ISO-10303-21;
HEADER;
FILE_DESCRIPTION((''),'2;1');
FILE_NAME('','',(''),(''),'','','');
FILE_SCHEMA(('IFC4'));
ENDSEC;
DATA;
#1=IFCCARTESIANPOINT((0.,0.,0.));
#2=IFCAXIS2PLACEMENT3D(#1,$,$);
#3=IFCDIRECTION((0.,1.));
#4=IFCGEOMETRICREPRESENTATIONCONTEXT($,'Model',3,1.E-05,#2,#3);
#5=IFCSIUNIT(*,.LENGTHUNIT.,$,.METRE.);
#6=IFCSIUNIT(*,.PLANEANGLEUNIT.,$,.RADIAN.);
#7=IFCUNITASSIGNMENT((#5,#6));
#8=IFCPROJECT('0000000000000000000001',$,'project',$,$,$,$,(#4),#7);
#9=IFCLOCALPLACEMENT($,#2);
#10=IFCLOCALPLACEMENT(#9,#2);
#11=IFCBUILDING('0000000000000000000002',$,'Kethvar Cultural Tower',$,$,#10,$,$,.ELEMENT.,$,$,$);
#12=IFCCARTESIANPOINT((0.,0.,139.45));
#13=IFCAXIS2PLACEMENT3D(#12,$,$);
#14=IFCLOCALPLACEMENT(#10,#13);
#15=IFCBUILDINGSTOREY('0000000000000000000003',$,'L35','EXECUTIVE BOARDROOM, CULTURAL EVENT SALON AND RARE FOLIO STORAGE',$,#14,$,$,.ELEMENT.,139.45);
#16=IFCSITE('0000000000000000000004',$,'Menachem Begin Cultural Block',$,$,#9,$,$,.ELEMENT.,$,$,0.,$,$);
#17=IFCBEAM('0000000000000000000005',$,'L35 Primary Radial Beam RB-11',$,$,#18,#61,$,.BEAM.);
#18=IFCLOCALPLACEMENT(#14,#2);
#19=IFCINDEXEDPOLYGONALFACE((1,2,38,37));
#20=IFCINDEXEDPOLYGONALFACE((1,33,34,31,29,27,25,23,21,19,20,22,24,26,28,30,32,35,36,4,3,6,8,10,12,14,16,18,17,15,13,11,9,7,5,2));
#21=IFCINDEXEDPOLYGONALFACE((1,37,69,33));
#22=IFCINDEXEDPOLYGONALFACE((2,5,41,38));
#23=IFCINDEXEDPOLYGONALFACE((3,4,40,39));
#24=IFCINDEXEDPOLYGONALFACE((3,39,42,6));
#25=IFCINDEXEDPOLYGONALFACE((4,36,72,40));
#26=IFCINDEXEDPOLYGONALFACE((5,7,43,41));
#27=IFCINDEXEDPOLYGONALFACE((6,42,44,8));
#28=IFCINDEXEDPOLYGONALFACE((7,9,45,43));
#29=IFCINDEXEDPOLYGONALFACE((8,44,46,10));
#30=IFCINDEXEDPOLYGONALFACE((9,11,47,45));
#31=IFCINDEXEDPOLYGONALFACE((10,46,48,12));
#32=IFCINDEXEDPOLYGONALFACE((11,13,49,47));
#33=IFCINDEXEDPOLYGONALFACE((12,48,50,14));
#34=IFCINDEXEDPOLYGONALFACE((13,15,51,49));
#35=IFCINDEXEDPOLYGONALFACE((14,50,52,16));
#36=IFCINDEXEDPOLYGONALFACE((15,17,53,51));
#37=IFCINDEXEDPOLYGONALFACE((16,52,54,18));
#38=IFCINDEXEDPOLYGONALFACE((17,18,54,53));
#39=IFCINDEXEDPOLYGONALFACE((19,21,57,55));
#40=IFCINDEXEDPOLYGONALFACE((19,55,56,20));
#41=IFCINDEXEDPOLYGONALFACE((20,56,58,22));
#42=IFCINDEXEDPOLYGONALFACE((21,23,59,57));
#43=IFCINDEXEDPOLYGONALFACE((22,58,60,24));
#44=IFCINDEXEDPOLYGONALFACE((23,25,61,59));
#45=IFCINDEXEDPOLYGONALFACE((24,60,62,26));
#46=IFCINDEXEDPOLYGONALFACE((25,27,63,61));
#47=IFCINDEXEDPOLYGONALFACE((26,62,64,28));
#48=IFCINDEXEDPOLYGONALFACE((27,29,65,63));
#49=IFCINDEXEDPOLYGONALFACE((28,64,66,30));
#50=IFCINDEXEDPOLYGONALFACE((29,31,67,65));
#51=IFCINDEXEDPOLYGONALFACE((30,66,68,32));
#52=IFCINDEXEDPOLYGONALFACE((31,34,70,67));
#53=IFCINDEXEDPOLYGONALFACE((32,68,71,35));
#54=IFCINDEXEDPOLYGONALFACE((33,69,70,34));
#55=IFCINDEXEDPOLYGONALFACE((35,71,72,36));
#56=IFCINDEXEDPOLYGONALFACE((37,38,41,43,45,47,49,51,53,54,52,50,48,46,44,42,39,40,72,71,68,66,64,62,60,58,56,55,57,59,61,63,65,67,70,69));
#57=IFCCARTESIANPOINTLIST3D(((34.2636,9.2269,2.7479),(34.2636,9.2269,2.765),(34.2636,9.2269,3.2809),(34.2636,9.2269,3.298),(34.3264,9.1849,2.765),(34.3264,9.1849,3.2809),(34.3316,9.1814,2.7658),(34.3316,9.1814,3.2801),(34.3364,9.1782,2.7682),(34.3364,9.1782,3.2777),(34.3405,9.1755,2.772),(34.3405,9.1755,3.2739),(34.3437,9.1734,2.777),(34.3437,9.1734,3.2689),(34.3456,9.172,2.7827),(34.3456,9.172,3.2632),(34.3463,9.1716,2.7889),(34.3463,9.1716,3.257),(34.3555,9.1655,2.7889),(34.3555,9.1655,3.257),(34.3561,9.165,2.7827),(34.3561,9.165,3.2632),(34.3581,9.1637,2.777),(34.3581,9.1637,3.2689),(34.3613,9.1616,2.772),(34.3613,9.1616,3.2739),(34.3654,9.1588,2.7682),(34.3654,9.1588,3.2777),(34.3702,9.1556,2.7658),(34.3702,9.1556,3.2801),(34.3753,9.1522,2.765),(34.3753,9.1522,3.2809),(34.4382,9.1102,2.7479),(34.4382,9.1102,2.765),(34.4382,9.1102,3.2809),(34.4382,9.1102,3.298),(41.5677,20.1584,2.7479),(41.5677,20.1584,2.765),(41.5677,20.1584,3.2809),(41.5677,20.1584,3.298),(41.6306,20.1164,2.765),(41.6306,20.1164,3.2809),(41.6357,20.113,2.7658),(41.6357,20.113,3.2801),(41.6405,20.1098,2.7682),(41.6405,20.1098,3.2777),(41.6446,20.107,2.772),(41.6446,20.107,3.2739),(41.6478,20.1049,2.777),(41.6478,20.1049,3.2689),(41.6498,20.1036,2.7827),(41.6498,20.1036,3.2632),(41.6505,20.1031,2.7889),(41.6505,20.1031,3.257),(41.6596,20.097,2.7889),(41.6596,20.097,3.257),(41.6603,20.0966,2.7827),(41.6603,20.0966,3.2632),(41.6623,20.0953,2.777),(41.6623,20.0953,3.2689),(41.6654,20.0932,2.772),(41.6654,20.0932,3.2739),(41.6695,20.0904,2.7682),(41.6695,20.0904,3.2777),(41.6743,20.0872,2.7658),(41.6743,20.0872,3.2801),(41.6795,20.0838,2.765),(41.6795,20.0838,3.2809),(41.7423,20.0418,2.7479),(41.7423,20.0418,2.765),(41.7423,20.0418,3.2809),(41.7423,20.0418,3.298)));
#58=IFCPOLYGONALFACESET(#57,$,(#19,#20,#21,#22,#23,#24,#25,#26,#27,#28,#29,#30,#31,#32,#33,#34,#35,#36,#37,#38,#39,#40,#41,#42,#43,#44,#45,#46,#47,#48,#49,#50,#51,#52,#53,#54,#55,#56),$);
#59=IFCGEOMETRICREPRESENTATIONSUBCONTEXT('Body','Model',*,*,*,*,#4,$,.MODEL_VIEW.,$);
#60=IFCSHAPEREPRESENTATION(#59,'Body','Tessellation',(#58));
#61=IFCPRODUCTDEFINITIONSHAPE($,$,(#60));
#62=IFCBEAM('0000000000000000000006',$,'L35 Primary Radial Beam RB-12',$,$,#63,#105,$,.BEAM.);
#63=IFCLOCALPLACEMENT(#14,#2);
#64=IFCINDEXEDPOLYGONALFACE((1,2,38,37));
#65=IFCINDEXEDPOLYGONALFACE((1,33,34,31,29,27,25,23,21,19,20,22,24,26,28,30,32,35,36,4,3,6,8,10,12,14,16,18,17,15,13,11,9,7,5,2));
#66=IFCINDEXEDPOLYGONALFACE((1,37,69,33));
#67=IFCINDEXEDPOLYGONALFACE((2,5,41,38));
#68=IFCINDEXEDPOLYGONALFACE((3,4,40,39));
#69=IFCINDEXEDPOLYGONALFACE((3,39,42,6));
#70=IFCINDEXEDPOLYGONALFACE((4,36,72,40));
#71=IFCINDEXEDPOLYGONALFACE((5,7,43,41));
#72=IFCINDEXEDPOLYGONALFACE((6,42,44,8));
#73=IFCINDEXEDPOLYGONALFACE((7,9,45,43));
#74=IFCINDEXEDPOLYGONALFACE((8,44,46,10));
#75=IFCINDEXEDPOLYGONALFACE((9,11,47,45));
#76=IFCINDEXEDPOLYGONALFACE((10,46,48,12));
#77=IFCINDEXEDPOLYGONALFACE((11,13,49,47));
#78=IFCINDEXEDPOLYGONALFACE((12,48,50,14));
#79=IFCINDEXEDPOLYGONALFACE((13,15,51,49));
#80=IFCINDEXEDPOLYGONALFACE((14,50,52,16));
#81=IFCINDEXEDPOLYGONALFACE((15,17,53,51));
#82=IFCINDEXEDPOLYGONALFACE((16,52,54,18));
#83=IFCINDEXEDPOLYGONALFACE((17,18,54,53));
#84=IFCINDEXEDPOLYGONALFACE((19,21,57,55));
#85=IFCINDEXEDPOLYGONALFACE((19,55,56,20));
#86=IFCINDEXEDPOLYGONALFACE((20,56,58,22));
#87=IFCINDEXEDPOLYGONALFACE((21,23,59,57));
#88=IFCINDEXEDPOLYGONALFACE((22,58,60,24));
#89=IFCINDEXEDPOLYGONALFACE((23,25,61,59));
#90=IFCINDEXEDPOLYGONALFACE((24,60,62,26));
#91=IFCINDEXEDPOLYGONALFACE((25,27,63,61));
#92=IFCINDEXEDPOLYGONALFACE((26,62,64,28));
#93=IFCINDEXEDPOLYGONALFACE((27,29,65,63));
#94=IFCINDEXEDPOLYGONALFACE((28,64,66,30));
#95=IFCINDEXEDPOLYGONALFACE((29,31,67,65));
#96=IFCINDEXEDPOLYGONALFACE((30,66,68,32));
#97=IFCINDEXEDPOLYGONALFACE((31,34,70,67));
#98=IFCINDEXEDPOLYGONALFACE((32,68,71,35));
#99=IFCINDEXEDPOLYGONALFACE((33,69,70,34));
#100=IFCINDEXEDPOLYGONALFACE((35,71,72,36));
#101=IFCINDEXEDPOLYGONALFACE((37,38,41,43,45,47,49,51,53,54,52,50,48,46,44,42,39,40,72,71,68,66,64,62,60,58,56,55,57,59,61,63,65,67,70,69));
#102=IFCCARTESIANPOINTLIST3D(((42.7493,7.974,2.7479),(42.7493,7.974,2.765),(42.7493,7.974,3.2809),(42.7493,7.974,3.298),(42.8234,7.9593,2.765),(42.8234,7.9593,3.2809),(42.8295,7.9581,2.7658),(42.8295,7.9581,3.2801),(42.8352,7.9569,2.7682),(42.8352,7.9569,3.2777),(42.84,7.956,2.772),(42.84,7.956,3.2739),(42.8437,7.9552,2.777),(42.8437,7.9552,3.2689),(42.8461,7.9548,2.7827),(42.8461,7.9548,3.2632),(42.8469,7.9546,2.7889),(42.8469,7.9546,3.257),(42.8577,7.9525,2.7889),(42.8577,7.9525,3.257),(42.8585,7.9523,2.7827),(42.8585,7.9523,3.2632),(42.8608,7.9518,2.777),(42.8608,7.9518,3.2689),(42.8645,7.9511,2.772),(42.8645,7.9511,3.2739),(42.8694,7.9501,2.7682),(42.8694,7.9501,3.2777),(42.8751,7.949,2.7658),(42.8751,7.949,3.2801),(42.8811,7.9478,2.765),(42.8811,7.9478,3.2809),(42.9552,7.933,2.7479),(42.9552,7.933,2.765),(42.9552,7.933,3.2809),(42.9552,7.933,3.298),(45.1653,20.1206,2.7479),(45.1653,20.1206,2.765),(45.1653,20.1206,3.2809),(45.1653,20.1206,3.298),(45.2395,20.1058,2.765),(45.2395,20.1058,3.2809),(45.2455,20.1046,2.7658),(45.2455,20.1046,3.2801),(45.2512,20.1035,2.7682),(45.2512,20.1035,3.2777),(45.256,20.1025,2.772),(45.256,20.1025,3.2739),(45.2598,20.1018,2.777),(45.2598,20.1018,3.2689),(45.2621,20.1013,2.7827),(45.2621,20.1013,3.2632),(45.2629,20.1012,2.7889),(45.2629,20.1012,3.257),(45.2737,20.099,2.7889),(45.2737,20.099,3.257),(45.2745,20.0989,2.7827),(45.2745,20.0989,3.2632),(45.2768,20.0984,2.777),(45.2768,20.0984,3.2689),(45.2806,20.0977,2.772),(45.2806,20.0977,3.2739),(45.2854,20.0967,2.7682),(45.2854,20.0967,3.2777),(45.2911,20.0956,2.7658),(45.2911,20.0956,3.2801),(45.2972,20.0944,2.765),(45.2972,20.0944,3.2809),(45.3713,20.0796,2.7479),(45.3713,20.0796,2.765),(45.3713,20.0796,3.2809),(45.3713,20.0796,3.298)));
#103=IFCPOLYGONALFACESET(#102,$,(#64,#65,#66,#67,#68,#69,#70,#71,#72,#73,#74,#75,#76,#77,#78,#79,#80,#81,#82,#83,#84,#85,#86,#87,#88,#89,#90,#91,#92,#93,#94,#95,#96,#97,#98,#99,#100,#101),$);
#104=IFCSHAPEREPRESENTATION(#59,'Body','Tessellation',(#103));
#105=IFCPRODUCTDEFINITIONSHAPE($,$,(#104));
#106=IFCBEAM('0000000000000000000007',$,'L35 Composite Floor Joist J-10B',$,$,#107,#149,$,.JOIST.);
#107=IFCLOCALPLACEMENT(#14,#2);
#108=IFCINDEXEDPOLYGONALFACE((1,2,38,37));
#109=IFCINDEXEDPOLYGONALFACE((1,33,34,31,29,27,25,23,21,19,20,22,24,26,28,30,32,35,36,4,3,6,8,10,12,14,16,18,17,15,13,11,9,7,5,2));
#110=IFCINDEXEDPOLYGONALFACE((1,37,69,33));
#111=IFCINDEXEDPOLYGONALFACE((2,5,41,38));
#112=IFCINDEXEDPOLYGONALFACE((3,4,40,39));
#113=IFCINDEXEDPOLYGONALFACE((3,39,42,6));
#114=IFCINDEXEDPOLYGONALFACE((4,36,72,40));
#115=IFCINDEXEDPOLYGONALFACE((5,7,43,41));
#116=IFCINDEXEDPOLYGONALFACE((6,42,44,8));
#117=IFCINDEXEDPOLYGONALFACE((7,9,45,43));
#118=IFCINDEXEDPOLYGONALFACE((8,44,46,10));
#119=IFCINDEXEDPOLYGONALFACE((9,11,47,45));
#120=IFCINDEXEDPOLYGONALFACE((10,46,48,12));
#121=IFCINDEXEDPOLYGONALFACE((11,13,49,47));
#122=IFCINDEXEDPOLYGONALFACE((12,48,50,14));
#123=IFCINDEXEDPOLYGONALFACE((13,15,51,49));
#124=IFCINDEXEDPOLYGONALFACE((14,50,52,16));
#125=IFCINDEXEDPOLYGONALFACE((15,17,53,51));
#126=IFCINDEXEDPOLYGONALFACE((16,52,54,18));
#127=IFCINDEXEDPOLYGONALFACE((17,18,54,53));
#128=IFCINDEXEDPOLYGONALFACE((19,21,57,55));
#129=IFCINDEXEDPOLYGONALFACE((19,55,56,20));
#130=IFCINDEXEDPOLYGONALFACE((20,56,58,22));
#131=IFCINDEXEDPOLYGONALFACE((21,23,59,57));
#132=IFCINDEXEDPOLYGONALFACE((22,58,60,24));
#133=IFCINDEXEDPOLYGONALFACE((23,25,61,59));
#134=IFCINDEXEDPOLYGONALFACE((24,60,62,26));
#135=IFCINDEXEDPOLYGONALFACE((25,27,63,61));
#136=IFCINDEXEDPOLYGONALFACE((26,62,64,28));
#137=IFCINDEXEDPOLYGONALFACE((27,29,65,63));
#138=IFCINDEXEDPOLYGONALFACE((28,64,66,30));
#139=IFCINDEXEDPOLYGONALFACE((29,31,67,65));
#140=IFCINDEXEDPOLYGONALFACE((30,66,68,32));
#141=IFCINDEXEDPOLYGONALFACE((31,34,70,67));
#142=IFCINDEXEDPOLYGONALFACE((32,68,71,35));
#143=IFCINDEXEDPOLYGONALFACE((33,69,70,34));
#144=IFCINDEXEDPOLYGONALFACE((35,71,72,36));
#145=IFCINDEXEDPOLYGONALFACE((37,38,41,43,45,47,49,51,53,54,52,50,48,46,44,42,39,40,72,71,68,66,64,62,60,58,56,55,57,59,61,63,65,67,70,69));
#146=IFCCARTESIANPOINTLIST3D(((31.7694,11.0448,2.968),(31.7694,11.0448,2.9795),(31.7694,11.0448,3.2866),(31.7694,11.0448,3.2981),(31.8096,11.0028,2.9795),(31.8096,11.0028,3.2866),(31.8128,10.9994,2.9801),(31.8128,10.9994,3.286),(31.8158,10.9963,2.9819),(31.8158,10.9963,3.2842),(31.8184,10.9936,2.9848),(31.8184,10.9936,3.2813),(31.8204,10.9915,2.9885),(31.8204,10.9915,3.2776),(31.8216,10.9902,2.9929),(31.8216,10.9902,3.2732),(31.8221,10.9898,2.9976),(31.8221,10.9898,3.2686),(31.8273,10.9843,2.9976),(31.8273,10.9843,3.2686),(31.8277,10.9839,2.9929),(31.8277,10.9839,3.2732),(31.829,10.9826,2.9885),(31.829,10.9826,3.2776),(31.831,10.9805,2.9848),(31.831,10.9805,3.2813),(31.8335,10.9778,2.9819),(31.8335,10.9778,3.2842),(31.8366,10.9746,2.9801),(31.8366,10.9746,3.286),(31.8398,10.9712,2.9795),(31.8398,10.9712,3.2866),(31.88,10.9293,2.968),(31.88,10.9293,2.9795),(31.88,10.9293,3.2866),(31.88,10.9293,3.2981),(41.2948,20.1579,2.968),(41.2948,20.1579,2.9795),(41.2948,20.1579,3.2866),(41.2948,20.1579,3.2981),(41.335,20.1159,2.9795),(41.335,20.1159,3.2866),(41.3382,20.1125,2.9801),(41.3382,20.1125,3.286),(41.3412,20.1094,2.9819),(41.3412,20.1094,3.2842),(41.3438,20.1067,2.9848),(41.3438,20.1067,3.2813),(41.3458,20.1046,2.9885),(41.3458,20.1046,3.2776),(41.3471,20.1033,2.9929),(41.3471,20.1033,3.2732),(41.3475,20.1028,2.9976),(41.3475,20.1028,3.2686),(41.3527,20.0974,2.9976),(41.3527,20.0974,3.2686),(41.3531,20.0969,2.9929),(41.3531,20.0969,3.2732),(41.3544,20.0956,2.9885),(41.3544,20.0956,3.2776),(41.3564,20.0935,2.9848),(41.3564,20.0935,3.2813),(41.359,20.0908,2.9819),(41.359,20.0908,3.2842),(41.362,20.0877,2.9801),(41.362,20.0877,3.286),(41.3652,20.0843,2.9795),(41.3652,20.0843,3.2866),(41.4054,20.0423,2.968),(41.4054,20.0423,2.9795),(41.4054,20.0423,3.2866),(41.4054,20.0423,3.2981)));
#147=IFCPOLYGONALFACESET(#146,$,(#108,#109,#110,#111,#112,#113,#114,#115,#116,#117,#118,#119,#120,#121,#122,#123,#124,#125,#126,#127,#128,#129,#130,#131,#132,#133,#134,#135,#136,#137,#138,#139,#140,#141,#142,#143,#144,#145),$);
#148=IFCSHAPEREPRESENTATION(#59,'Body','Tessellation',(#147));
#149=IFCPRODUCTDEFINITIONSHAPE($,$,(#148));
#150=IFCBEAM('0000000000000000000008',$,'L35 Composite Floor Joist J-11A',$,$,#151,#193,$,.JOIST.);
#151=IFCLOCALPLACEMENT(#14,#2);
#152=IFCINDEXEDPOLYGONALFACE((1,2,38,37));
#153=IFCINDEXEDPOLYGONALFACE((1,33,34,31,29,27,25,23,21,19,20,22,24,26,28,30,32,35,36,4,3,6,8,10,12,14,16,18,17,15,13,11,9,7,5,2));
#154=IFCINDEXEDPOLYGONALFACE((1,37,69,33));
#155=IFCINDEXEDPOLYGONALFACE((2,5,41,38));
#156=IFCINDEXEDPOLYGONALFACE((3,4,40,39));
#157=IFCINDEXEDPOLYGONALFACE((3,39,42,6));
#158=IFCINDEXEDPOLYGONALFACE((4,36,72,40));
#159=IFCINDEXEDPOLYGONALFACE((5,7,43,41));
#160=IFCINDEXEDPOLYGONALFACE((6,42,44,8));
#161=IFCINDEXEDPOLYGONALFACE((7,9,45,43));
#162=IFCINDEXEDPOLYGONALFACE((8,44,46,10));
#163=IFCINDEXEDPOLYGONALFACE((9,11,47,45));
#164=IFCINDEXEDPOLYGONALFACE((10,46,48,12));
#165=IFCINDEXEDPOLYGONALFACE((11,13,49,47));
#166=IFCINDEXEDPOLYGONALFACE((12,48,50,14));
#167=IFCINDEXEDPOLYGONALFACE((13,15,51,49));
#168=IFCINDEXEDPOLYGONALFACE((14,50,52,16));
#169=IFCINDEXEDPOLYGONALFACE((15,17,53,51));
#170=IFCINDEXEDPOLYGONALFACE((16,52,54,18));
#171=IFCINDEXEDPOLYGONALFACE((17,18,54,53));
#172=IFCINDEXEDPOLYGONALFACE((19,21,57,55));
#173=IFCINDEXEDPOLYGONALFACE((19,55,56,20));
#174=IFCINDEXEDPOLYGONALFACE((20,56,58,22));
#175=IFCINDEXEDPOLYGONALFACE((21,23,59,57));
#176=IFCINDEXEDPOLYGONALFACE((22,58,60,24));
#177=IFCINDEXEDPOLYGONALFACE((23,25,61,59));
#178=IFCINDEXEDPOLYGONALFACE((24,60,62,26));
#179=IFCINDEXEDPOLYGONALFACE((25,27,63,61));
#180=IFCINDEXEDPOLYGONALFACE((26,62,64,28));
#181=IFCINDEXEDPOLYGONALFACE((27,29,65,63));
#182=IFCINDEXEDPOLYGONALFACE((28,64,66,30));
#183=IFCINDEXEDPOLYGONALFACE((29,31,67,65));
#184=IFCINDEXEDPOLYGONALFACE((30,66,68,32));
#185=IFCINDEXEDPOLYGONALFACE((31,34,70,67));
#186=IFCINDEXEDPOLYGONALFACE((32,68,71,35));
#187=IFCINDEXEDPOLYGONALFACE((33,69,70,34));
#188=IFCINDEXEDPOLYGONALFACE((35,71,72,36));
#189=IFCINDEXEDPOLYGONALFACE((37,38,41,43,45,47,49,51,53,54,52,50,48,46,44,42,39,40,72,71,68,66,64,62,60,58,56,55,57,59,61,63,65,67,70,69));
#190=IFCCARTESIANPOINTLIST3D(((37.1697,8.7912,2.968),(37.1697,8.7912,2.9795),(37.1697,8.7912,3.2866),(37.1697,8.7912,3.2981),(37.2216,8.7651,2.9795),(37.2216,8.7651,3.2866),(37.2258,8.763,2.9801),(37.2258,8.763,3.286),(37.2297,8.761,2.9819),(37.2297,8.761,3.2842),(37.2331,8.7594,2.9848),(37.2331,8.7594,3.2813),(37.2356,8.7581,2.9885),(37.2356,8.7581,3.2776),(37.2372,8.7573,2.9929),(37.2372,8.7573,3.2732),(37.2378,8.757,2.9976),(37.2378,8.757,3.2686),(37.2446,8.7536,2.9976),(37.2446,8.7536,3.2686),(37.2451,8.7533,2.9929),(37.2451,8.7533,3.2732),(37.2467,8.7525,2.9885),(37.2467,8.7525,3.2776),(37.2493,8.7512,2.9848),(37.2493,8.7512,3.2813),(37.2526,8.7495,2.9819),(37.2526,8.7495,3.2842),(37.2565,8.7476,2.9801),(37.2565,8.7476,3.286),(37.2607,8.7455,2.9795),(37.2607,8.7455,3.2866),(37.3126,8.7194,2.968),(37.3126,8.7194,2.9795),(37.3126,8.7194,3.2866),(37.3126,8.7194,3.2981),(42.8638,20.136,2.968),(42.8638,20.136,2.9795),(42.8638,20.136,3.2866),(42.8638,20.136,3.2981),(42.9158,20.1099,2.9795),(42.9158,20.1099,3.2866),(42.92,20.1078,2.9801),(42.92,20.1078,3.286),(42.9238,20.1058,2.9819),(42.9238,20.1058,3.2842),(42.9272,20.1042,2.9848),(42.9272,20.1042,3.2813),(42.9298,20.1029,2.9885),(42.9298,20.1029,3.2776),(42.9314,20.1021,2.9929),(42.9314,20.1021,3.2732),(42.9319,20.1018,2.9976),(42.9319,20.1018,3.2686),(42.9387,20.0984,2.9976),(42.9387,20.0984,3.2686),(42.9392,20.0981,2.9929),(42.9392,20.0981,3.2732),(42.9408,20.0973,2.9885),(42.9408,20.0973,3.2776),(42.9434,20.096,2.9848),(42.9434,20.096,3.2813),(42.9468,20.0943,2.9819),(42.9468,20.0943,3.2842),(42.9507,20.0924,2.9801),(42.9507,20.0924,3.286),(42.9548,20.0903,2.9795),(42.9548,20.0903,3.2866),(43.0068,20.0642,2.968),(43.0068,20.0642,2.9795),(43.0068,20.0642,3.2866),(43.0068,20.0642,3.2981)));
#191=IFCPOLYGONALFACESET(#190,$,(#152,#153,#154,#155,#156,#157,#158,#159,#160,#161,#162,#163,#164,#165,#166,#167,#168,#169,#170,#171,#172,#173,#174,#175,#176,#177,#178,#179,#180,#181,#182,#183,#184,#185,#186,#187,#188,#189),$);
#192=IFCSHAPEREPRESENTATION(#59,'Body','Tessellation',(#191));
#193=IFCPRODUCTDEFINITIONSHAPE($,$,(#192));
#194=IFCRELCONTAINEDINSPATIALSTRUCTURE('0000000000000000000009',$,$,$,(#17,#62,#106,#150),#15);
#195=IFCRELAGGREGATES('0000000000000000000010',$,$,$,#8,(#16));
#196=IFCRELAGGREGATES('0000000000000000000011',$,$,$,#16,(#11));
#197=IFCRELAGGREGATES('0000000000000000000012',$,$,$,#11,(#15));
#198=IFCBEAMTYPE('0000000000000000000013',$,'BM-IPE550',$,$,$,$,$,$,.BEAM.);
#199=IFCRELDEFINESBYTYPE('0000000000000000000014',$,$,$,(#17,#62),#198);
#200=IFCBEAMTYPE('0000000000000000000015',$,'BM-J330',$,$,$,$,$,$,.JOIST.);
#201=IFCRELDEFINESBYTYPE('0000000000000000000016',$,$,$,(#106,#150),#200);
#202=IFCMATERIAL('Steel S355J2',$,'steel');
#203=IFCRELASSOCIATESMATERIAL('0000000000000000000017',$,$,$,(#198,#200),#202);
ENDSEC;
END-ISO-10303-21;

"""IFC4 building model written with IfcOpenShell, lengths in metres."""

from ifc_helpers import new_model, si_unit, direction, frame, origin, origin_2d, place, context, subcontext, project, spatial, i_section, extrude, source, transform, mapped, material, material_profile, profile_set, type_object, element, save


model = new_model("IFC4")

# Units and contexts
model_context = context("Model", 3, precision=1e-05, world=origin(), true_north=direction((0.0, 1.0)))
body_context = subcontext(model_context, "Body", "Model", "MODEL_VIEW")
ifc_project = project(units=[si_unit("LENGTHUNIT", "METRE"), si_unit("PLANEANGLEUNIT", "RADIAN")], contexts=[model_context])

# Site, building, storey
site_placement = place(None, origin())
site = spatial("IfcSite", under=ifc_project, at=site_placement, Name="Menachem Begin Cultural Block", CompositionType="ELEMENT", RefElevation=0.0)
building_placement = place(site_placement, origin())
building = spatial("IfcBuilding", under=site, at=building_placement, Name="Kethvar Cultural Tower", CompositionType="ELEMENT")
storey_placement = place(building_placement, frame((0.0, 0.0, 139.45)))
storey = spatial("IfcBuildingStorey", under=building, at=storey_placement, Name="L35", Description="EXECUTIVE BOARDROOM, CULTURAL EVENT SALON AND RARE FOLIO STORAGE", CompositionType="ELEMENT", Elevation=139.45)

# Beams
ifc_material_1 = material(Name="Steel S355J2", Category="steel")
ifc_material_profile_1 = material_profile(ifc_material_1, i_section(OverallWidth=0.21, OverallDepth=0.55, WebThickness=0.011, FlangeThickness=0.0171, FilletRadius=0.0239, at=origin_2d()), Name="Steel S355J2 — IPE550")
ifc_profile_set_1 = profile_set([ifc_material_profile_1], Name="Steel S355J2 — IPE550")
beam_type_1 = type_object("IfcBeamType", Name="BM-IPE550", PredefinedType="BEAM", material=ifc_profile_set_1)
shared_shape_1 = source(origin(), body_context, "Body", "SweptSolid", [
    extrude(i_section(OverallWidth=0.21, OverallDepth=0.55, WebThickness=0.011, FlangeThickness=0.0171, FilletRadius=0.0239, at=origin_2d()), origin(), (0.0, 0.0, 1.0), 13.1472),
])
beam_1_placement = place(storey_placement, frame((41.655, 20.1001, 3.0229), z_axis=(-0.555566, -0.831473, 0.0), x_axis=(0.831473, -0.555566, 0.0)))
element("IfcBeam", 1, at=beam_1_placement, inside=storey, type_object=beam_type_1, Name="L35 Primary Radial Beam RB-11", PredefinedType="BEAM", context=body_context, shape_type="MappedRepresentation", body=[
    mapped(shared_shape_1, transform((0.0, 0.0, 0.0), scale=1.0)),
])
shared_shape_2 = source(origin(), body_context, "Body", "SweptSolid", [
    extrude(i_section(OverallWidth=0.21, OverallDepth=0.55, WebThickness=0.011, FlangeThickness=0.0171, FilletRadius=0.0239, at=origin_2d()), origin(), (0.0, 0.0, 1.0), 12.3845),
])
beam_2_placement = place(storey_placement, frame((45.2683, 20.1001, 3.0229), z_axis=(-0.195085, -0.980786, 0.0), x_axis=(0.980786, -0.195085, 0.0)))
element("IfcBeam", 2, at=beam_2_placement, inside=storey, type_object=beam_type_1, Name="L35 Primary Radial Beam RB-12", PredefinedType="BEAM", context=body_context, shape_type="MappedRepresentation", body=[
    mapped(shared_shape_2, transform((0.0, 0.0, 0.0), scale=1.0)),
])
ifc_material_profile_2 = material_profile(ifc_material_1, i_section(OverallWidth=0.1599, OverallDepth=0.3301, WebThickness=0.0076, FlangeThickness=0.0115, FilletRadius=0.0181, at=origin_2d()), Name="Steel S355J2 — IPE330")
ifc_profile_set_2 = profile_set([ifc_material_profile_2], Name="Steel S355J2 — IPE330")
beam_type_2 = type_object("IfcBeamType", Name="BM-J330", PredefinedType="JOIST", material=ifc_profile_set_2)
shared_shape_3 = source(origin(), body_context, "Body", "SweptSolid", [
    extrude(i_section(OverallWidth=0.1599, OverallDepth=0.3301, WebThickness=0.0076, FlangeThickness=0.0115, FilletRadius=0.0181, at=origin_2d()), origin(), (0.0, 0.0, 1.0), 13.1826),
])
beam_3_placement = place(storey_placement, frame((41.3501, 20.1001, 3.1331), z_axis=(-0.722574, -0.691294, 0.0), x_axis=(0.691294, -0.722574, 0.0)))
element("IfcBeam", 3, at=beam_3_placement, inside=storey, type_object=beam_type_2, Name="L35 Composite Floor Joist J-10B", PredefinedType="JOIST", context=body_context, shape_type="MappedRepresentation", body=[
    mapped(shared_shape_3, transform((0.0, 0.0, 0.0), scale=1.0)),
])
shared_shape_4 = source(origin(), body_context, "Body", "SweptSolid", [
    extrude(i_section(OverallWidth=0.1599, OverallDepth=0.3301, WebThickness=0.0076, FlangeThickness=0.0115, FilletRadius=0.0181, at=origin_2d()), origin(), (0.0, 0.0, 1.0), 12.6936),
])
beam_4_placement = place(storey_placement, frame((42.9353, 20.1001, 3.1331), z_axis=(-0.448582, -0.893741, 0.0), x_axis=(0.893741, -0.448582, 0.0)))
element("IfcBeam", 4, at=beam_4_placement, inside=storey, type_object=beam_type_2, Name="L35 Composite Floor Joist J-11A", PredefinedType="JOIST", context=body_context, shape_type="MappedRepresentation", body=[
    mapped(shared_shape_4, transform((0.0, 0.0, 0.0), scale=1.0)),
])

save(model, "model.ifc")
